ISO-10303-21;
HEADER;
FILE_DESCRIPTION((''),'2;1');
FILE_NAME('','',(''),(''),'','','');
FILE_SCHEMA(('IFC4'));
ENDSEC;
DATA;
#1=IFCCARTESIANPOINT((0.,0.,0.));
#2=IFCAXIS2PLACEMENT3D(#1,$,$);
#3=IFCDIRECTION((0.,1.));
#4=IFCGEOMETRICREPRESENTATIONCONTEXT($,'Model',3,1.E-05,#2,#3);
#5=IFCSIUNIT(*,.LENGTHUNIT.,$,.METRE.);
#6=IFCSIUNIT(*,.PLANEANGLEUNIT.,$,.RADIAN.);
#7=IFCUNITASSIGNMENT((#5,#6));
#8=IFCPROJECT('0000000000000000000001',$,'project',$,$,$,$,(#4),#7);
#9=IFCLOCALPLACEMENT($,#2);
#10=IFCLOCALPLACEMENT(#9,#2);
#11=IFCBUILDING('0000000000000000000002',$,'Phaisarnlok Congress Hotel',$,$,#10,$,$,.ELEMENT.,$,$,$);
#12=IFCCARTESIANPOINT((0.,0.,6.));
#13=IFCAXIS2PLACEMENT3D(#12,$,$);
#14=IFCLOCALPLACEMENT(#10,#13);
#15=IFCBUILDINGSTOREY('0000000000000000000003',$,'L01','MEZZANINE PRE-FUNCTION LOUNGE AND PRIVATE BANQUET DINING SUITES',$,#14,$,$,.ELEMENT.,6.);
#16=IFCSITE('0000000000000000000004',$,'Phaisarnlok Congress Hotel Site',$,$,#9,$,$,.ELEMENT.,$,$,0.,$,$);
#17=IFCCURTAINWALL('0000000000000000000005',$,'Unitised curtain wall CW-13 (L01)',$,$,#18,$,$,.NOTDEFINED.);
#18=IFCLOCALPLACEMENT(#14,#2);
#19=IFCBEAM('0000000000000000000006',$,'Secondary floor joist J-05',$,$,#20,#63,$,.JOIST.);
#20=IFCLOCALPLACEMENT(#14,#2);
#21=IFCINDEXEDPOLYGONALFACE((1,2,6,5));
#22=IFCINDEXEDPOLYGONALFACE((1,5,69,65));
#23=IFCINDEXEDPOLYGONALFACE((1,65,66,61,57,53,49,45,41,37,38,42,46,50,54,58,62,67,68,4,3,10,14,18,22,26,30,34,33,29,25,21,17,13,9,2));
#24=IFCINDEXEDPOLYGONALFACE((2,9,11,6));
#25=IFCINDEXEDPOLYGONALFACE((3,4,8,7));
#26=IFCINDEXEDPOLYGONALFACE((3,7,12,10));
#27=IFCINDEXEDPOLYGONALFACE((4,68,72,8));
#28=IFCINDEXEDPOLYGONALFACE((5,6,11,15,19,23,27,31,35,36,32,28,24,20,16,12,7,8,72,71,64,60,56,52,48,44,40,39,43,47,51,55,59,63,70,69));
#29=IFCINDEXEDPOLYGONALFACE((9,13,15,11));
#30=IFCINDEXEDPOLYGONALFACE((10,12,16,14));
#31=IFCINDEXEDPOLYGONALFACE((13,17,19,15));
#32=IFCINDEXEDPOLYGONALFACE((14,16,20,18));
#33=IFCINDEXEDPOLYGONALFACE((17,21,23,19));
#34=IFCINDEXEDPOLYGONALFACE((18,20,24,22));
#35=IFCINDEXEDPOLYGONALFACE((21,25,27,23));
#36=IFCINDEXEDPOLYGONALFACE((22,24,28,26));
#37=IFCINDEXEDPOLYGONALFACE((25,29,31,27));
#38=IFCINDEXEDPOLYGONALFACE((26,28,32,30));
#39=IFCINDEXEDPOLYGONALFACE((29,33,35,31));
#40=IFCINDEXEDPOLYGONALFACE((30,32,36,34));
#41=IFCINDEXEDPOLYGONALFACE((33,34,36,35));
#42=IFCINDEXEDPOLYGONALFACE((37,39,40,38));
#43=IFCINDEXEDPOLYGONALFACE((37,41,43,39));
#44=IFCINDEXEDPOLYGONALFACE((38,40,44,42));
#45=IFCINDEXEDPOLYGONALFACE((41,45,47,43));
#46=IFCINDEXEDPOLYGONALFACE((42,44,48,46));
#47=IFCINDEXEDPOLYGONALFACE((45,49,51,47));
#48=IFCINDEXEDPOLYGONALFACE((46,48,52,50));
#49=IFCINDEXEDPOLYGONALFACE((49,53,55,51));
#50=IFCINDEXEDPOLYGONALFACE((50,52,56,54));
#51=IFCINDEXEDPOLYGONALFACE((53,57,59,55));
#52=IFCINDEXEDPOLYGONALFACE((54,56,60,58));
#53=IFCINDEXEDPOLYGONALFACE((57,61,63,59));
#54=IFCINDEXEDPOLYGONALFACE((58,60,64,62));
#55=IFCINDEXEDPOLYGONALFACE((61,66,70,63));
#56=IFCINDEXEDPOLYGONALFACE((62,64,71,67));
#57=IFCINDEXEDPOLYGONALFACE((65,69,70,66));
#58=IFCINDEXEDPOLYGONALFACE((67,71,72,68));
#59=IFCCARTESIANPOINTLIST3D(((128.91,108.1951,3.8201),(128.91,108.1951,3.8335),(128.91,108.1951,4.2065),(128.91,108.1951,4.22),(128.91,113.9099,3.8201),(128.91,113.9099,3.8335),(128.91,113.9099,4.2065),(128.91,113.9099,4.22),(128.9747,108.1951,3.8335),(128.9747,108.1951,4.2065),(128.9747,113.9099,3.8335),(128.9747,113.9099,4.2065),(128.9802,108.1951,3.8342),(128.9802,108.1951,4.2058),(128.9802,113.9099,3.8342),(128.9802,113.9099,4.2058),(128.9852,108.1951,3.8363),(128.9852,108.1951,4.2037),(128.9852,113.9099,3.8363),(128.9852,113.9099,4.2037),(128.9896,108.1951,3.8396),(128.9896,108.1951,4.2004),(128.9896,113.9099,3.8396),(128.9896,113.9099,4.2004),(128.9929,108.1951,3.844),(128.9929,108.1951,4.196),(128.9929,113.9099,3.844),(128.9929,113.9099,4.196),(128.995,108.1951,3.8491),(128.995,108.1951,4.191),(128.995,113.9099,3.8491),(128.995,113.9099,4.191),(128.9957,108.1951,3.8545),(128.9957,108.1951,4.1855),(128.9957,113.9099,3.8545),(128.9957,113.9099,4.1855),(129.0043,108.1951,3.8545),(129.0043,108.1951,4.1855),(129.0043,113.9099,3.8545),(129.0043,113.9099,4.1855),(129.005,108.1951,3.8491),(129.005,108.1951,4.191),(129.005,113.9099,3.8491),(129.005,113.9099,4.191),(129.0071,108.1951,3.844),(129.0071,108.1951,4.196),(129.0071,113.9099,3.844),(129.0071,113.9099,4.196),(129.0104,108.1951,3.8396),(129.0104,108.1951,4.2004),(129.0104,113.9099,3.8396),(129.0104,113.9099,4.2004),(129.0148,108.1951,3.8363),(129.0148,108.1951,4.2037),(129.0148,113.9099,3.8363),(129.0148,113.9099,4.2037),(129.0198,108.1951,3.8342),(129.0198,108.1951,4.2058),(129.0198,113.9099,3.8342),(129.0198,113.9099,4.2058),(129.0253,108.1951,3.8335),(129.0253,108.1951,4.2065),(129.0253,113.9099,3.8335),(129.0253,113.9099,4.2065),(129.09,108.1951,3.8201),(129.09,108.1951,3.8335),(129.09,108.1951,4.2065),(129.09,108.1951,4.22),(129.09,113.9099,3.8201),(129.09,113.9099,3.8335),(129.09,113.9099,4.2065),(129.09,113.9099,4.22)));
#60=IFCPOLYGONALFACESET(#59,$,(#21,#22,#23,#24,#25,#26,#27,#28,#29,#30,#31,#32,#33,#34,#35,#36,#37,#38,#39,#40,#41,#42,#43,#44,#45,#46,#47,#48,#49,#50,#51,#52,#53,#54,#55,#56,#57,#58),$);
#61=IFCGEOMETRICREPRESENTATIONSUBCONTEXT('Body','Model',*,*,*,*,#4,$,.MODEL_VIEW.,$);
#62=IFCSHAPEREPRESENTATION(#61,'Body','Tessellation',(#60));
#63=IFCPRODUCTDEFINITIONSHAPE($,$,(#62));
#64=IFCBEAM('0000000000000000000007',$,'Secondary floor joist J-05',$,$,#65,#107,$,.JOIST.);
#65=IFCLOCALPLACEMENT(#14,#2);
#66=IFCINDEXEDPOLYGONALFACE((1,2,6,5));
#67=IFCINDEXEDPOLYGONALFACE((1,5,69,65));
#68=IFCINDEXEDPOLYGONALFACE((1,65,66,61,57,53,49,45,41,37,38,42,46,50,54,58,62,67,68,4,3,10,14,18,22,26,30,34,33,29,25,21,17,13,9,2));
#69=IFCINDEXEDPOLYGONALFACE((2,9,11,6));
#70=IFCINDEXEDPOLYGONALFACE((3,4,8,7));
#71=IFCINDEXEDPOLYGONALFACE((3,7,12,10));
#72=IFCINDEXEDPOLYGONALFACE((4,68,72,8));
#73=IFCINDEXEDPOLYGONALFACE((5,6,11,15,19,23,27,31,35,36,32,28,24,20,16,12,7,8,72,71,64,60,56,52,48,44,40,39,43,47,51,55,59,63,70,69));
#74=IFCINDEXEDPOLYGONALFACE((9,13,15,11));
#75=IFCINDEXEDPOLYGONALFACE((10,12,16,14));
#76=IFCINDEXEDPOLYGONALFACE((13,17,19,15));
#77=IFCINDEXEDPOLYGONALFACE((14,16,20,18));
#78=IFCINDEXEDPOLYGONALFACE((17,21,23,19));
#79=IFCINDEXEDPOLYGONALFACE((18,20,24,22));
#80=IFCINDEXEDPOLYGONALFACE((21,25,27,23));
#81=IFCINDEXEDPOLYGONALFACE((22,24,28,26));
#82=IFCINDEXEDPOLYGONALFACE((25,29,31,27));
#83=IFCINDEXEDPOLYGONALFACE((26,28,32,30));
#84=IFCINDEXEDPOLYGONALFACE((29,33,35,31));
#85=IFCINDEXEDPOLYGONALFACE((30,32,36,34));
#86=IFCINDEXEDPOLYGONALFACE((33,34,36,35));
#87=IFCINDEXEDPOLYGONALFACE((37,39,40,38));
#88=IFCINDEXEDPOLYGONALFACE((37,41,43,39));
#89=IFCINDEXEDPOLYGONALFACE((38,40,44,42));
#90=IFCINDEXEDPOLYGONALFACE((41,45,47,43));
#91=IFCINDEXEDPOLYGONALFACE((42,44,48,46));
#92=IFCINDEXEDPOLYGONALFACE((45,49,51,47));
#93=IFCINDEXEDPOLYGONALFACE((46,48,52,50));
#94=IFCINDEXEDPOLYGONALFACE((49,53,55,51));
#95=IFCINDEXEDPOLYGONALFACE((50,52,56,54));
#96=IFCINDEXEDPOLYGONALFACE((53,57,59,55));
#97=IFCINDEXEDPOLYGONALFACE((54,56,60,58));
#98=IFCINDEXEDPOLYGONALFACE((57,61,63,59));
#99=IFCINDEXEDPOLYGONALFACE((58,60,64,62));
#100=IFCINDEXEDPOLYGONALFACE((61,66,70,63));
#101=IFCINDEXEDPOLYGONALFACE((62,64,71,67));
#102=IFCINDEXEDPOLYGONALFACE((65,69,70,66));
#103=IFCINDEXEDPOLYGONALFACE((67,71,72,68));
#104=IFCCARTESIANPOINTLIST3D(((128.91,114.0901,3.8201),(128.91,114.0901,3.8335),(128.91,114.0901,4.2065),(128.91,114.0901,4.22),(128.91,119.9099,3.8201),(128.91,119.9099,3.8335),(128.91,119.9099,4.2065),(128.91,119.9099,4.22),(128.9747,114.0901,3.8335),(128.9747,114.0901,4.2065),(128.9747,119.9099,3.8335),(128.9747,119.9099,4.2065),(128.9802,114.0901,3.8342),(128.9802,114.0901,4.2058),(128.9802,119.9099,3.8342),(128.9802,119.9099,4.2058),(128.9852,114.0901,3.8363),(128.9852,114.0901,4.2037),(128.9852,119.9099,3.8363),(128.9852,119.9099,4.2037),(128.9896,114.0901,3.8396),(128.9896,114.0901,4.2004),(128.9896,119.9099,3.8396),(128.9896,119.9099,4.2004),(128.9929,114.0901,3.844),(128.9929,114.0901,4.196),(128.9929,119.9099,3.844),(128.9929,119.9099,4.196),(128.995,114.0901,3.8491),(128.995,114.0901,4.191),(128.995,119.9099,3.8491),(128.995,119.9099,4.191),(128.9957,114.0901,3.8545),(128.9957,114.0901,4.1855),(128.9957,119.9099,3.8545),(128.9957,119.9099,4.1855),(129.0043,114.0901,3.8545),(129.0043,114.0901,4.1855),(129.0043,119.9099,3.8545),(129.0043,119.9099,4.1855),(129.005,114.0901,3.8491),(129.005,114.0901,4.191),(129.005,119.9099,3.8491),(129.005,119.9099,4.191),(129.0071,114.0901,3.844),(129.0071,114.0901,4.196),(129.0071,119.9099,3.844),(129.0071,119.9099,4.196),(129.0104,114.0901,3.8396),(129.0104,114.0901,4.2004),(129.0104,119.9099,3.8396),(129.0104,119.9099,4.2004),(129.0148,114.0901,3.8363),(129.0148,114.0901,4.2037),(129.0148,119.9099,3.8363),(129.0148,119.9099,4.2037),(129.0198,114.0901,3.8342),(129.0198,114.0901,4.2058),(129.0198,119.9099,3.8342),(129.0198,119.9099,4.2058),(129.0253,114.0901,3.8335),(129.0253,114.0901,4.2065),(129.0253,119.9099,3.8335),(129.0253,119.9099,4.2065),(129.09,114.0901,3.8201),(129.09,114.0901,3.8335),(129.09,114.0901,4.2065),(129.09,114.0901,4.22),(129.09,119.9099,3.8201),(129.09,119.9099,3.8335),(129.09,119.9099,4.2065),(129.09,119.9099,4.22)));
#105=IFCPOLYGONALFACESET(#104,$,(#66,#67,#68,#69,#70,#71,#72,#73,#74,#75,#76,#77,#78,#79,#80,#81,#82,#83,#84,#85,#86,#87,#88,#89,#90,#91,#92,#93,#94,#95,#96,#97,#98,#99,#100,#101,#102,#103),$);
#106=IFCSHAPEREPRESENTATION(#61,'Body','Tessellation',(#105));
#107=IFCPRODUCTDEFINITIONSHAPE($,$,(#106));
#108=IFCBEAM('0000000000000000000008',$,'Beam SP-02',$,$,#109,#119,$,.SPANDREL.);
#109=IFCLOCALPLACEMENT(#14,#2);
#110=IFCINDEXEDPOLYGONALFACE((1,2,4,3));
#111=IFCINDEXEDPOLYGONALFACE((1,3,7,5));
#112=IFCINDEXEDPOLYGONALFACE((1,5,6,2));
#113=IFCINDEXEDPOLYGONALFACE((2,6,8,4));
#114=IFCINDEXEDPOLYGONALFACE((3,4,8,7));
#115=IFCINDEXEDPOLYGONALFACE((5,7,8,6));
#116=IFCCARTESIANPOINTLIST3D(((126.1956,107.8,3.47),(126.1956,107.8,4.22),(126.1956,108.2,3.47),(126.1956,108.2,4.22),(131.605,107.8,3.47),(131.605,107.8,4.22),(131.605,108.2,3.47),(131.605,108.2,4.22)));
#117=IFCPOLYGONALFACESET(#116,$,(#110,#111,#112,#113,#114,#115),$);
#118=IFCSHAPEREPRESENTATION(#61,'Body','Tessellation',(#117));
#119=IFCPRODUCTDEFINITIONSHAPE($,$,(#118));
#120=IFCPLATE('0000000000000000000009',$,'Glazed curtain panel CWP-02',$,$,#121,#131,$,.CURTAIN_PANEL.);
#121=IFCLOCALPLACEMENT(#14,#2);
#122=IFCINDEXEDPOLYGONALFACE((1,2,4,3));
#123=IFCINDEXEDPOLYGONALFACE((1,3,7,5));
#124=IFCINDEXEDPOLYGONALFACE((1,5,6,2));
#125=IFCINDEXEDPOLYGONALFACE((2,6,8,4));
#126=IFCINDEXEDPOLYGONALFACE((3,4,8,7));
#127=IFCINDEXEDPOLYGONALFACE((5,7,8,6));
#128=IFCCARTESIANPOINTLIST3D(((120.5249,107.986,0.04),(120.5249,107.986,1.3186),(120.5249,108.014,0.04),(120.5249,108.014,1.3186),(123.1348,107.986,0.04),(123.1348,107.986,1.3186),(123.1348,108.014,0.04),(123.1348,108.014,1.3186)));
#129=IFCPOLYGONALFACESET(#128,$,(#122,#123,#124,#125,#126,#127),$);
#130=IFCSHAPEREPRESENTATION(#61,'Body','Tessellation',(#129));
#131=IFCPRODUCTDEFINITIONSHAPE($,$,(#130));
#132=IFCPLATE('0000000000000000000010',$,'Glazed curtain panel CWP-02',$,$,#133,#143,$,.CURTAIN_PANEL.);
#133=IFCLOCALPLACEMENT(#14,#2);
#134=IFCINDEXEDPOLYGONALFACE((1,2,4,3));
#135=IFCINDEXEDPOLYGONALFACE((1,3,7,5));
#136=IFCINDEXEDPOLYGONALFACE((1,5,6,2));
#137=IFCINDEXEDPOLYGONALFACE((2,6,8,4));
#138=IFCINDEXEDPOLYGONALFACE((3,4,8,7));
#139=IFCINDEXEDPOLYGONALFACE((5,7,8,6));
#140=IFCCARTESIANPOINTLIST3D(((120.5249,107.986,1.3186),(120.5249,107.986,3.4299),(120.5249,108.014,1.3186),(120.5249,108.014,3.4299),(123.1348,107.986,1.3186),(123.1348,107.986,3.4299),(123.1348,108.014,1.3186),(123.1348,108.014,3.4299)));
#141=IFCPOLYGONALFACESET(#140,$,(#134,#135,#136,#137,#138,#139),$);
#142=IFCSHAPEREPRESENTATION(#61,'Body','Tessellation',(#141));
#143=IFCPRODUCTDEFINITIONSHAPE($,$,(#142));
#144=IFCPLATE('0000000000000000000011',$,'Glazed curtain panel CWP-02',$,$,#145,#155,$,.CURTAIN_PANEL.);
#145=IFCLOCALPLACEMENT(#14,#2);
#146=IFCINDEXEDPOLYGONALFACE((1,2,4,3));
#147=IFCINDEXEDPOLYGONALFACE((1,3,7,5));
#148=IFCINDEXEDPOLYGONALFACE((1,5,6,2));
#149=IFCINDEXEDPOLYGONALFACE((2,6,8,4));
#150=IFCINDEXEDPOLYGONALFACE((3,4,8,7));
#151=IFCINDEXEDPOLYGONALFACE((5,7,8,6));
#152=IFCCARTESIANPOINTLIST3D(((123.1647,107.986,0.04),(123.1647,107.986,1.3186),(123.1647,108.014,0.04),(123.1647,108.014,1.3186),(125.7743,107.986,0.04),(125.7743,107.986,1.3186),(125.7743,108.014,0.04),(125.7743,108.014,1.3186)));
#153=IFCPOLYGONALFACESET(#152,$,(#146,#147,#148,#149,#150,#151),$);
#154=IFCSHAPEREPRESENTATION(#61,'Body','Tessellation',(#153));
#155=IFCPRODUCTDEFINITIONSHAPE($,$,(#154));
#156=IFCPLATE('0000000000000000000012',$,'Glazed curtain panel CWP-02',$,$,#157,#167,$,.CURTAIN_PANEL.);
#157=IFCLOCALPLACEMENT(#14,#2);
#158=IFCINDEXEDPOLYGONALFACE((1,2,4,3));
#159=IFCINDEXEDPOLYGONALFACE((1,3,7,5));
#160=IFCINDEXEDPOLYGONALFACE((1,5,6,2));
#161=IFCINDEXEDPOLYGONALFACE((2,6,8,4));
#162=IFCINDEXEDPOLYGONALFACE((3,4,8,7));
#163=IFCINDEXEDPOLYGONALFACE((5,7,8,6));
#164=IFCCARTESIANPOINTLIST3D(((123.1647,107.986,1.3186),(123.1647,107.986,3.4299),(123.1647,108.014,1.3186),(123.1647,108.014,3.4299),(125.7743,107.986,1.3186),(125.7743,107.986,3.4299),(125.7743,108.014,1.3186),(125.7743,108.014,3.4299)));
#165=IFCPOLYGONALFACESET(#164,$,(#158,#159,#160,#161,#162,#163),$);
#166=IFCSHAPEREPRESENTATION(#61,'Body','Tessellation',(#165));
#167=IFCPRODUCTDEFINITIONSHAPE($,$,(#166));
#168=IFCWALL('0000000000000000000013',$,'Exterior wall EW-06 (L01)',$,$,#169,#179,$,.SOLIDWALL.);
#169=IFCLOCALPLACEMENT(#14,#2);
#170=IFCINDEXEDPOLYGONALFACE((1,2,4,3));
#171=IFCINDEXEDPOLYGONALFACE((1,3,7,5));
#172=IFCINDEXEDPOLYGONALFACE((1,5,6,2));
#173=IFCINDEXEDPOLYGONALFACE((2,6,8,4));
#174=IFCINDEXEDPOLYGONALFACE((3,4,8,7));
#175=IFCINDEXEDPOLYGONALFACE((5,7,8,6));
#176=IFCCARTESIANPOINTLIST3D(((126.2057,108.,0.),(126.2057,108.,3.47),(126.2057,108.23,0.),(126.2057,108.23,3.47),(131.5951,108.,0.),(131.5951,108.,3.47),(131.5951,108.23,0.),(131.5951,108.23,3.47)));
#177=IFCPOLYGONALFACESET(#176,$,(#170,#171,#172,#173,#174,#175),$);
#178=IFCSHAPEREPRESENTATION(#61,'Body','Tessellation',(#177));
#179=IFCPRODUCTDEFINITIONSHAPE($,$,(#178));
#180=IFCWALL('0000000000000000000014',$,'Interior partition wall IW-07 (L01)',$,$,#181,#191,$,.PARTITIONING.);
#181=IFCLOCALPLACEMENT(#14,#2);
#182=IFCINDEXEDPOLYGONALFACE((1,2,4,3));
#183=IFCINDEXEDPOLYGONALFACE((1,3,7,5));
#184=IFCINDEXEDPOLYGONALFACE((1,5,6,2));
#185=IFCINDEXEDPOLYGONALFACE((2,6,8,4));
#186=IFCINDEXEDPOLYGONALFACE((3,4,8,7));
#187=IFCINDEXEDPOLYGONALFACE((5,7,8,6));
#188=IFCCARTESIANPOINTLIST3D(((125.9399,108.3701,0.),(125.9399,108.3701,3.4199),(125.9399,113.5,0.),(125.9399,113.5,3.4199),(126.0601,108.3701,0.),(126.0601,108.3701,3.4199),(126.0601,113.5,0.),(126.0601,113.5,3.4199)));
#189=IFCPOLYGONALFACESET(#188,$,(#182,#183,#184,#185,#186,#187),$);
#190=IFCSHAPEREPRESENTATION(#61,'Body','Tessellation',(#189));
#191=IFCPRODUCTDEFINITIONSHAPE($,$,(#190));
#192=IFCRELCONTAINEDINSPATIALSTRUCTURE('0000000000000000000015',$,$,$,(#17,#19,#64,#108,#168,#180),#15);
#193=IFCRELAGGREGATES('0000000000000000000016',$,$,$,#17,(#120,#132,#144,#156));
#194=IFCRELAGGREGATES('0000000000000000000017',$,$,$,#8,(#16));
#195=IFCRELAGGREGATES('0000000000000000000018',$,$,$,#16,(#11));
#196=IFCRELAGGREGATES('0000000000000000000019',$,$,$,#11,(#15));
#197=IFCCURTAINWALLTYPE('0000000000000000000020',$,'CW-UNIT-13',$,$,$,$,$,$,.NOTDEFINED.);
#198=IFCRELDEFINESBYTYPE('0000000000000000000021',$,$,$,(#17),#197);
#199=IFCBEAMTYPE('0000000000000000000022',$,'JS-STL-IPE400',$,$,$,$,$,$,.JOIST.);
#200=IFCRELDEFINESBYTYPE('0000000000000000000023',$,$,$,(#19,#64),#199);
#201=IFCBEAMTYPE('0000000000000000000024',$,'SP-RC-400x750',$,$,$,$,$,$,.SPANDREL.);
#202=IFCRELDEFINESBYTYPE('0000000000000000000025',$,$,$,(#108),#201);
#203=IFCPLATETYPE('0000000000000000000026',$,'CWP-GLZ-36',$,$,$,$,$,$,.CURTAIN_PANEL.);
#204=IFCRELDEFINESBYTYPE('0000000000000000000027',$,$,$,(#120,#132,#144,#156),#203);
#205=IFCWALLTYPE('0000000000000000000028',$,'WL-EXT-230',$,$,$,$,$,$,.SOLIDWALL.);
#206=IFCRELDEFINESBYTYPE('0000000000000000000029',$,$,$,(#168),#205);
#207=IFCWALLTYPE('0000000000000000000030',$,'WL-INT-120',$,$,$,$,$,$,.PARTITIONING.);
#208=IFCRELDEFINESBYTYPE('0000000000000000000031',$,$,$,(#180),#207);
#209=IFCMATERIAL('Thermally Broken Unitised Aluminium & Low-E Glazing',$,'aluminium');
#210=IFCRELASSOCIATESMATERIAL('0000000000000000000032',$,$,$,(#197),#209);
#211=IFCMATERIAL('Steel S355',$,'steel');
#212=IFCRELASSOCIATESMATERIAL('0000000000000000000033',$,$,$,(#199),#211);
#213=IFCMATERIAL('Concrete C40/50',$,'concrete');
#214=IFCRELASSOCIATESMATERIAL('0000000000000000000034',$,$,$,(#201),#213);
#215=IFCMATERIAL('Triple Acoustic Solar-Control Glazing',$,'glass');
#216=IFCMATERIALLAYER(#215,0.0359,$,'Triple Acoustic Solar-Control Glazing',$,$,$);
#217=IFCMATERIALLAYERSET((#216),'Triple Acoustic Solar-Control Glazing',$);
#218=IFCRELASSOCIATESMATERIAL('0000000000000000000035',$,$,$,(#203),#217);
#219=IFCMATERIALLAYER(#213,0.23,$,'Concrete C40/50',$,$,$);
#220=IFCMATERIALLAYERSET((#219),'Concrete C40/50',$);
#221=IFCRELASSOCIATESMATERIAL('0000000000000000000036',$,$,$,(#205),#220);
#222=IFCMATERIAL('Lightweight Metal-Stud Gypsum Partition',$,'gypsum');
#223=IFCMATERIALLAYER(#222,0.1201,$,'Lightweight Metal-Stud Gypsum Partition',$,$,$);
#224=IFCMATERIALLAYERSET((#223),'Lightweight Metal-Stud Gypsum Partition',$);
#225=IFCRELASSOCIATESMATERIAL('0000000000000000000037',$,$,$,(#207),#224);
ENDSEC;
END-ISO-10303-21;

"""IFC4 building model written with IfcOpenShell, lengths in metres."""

from ifc_helpers import new_model, si_unit, direction, frame, frame_2d, origin, origin_2d, place, context, subcontext, project, spatial, rectangle, i_section, extrude, material, layer, layer_set, material_profile, profile_set, type_object, element, aggregate, save


model = new_model("IFC4")

# Units and contexts
model_context = context("Model", 3, precision=1e-05, world=origin(), true_north=direction((0.0, 1.0)))
body_context = subcontext(model_context, "Body", "Model", "MODEL_VIEW")
ifc_project = project(units=[si_unit("LENGTHUNIT", "METRE"), si_unit("PLANEANGLEUNIT", "RADIAN")], contexts=[model_context])

# Site, building, storey
site_placement = place(None, origin())
site = spatial("IfcSite", under=ifc_project, at=site_placement, Name="Phaisarnlok Congress Hotel Site", CompositionType="ELEMENT", RefElevation=0.0)
building_placement = place(site_placement, origin())
building = spatial("IfcBuilding", under=site, at=building_placement, Name="Phaisarnlok Congress Hotel", CompositionType="ELEMENT")
storey_placement = place(building_placement, frame((0.0, 0.0, 6.0)))
storey = spatial("IfcBuildingStorey", under=building, at=storey_placement, Name="L01", Description="MEZZANINE PRE-FUNCTION LOUNGE AND PRIVATE BANQUET DINING SUITES", CompositionType="ELEMENT", Elevation=6.0)

# Shared definitions
ifc_material_1 = material(Name="Steel S355", Category="steel")

# Shared definitions
ifc_material_2 = material(Name="Concrete C40/50", Category="concrete")

# Curtain wall
ifc_material_3 = material(Name="Thermally Broken Unitised Aluminium & Low-E Glazing", Category="aluminium")
curtain_wall_type = type_object("IfcCurtainWallType", Name="CW-UNIT-13", PredefinedType="NOTDEFINED", material=ifc_material_3)
curtain_wall_placement = place(storey_placement, origin())
curtain_wall = element("IfcCurtainWall", 1, at=curtain_wall_placement, inside=storey, type_object=curtain_wall_type, Name="Unitised curtain wall CW-13 (L01)", PredefinedType="NOTDEFINED")

# Beams
ifc_material_profile_1 = material_profile(ifc_material_1, i_section(OverallWidth=0.1799, OverallDepth=0.3999, WebThickness=0.0085, FlangeThickness=0.0134, FilletRadius=0.021, at=origin_2d()), Name="IPE 400")
ifc_profile_set_1 = profile_set([ifc_material_profile_1], Name="Steel S355")
beam_type_1 = type_object("IfcBeamType", Name="JS-STL-IPE400", PredefinedType="JOIST", material=ifc_profile_set_1)
beam_1_placement = place(storey_placement, frame((129.0, 108.1951, 4.02), z_axis=(0.0, 1.0, 0.0), x_axis=(-1.0, 0.0, 0.0)))
element("IfcBeam", 2, at=beam_1_placement, inside=storey, type_object=beam_type_1, Name="Secondary floor joist J-05", PredefinedType="JOIST", context=body_context, shape_type="SweptSolid", body=[
    extrude(i_section(OverallWidth=0.1799, OverallDepth=0.3999, WebThickness=0.0085, FlangeThickness=0.0134, FilletRadius=0.021, at=origin_2d()), origin(), (0.0, 0.0, 1.0), 5.7148),
])
beam_2_placement = place(storey_placement, frame((129.0, 114.0901, 4.02), z_axis=(0.0, 1.0, 0.0), x_axis=(-1.0, 0.0, 0.0)))
element("IfcBeam", 3, at=beam_2_placement, inside=storey, type_object=beam_type_1, Name="Secondary floor joist J-05", PredefinedType="JOIST", context=body_context, shape_type="SweptSolid", body=[
    extrude(i_section(OverallWidth=0.1799, OverallDepth=0.3999, WebThickness=0.0085, FlangeThickness=0.0134, FilletRadius=0.021, at=origin_2d()), origin(), (0.0, 0.0, 1.0), 5.8198),
])
ifc_material_profile_2 = material_profile(ifc_material_2, rectangle(XDim=0.3999, YDim=0.75, at=origin_2d()), Name="RC 400x750")
ifc_profile_set_2 = profile_set([ifc_material_profile_2], Name="Concrete C40/50")
beam_type_2 = type_object("IfcBeamType", Name="SP-RC-400x750", PredefinedType="SPANDREL", material=ifc_profile_set_2)
beam_3_placement = place(storey_placement, frame((126.1956, 108.0, 3.845), z_axis=(1.0, 0.0, 0.0), x_axis=(0.0, 1.0, 0.0)))
element("IfcBeam", 4, at=beam_3_placement, inside=storey, type_object=beam_type_2, Name="Beam SP-02", PredefinedType="SPANDREL", context=body_context, shape_type="SweptSolid", body=[
    extrude(rectangle(XDim=0.3999, YDim=0.75, at=origin_2d()), origin(), (0.0, 0.0, 1.0), 5.4094),
])

# Plates
ifc_material_4 = material(Name="Triple Acoustic Solar-Control Glazing", Category="glass")
ifc_layer_1 = layer(ifc_material_4, 0.0359, Name="Triple Acoustic Solar-Control Glazing")
ifc_layer_set_1 = layer_set([ifc_layer_1], Name="Triple Acoustic Solar-Control Glazing")
plate_type = type_object("IfcPlateType", Name="CWP-GLZ-36", PredefinedType="CURTAIN_PANEL", material=ifc_layer_set_1)
plate_1_placement = place(storey_placement, frame((120.5249, 108.0, 0.04), z_axis=(0.0, 0.0, 1.0), x_axis=(1.0, 0.0, 0.0)))
plate_1 = element("IfcPlate", 5, at=plate_1_placement, type_object=plate_type, Name="Glazed curtain panel CWP-02", PredefinedType="CURTAIN_PANEL", context=body_context, shape_type="SweptSolid", body=[
    extrude(rectangle(XDim=2.6099, YDim=0.0281, at=frame_2d((1.3049, 0.0))), origin(), (0.0, 0.0, 1.0), 1.2786),
])
plate_2_placement = place(storey_placement, frame((120.5249, 108.0, 1.3186), z_axis=(0.0, 0.0, 1.0), x_axis=(1.0, 0.0, 0.0)))
plate_2 = element("IfcPlate", 6, at=plate_2_placement, type_object=plate_type, Name="Glazed curtain panel CWP-02", PredefinedType="CURTAIN_PANEL", context=body_context, shape_type="SweptSolid", body=[
    extrude(rectangle(XDim=2.6099, YDim=0.0281, at=frame_2d((1.3049, 0.0))), origin(), (0.0, 0.0, 1.0), 2.1113),
])
plate_3_placement = place(storey_placement, frame((123.1648, 108.0, 0.04), z_axis=(0.0, 0.0, 1.0), x_axis=(1.0, 0.0, 0.0)))
plate_3 = element("IfcPlate", 7, at=plate_3_placement, type_object=plate_type, Name="Glazed curtain panel CWP-02", PredefinedType="CURTAIN_PANEL", context=body_context, shape_type="SweptSolid", body=[
    extrude(rectangle(XDim=2.6096, YDim=0.0281, at=frame_2d((1.3047, 0.0))), origin(), (0.0, 0.0, 1.0), 1.2786),
])
plate_4_placement = place(storey_placement, frame((123.1648, 108.0, 1.3186), z_axis=(0.0, 0.0, 1.0), x_axis=(1.0, 0.0, 0.0)))
plate_4 = element("IfcPlate", 8, at=plate_4_placement, type_object=plate_type, Name="Glazed curtain panel CWP-02", PredefinedType="CURTAIN_PANEL", context=body_context, shape_type="SweptSolid", body=[
    extrude(rectangle(XDim=2.6096, YDim=0.0281, at=frame_2d((1.3047, 0.0))), origin(), (0.0, 0.0, 1.0), 2.1113),
])
aggregate(curtain_wall, [plate_1, plate_2, plate_3, plate_4])

# Walls
ifc_layer_2 = layer(ifc_material_2, 0.23, Name="Concrete C40/50")
ifc_layer_set_2 = layer_set([ifc_layer_2], Name="Concrete C40/50")
wall_type_1 = type_object("IfcWallType", Name="WL-EXT-230", PredefinedType="SOLIDWALL", material=ifc_layer_set_2)
wall_1_placement = place(storey_placement, frame((126.2056, 108.115, 0.0), z_axis=(0.0, 0.0, 1.0), x_axis=(1.0, 0.0, 0.0)))
element("IfcWall", 9, at=wall_1_placement, inside=storey, type_object=wall_type_1, Name="Exterior wall EW-06 (L01)", PredefinedType="SOLIDWALL", context=body_context, shape_type="SweptSolid", body=[
    extrude(rectangle(XDim=5.3894, YDim=0.23, at=frame_2d((2.6948, 0.0))), origin(), (0.0, 0.0, 1.0), 3.47),
])
ifc_material_5 = material(Name="Lightweight Metal-Stud Gypsum Partition", Category="gypsum")
ifc_layer_3 = layer(ifc_material_5, 0.1201, Name="Lightweight Metal-Stud Gypsum Partition")
ifc_layer_set_3 = layer_set([ifc_layer_3], Name="Lightweight Metal-Stud Gypsum Partition")
wall_type_2 = type_object("IfcWallType", Name="WL-INT-120", PredefinedType="PARTITIONING", material=ifc_layer_set_3)
wall_2_placement = place(storey_placement, frame((126.0, 108.3701, 0.0), z_axis=(0.0, 0.0, 1.0), x_axis=(0.0, 1.0, 0.0)))
element("IfcWall", 10, at=wall_2_placement, inside=storey, type_object=wall_type_2, Name="Interior partition wall IW-07 (L01)", PredefinedType="PARTITIONING", context=body_context, shape_type="SweptSolid", body=[
    extrude(rectangle(XDim=5.1299, YDim=0.1201, at=frame_2d((2.5649, 0.0))), origin(), (0.0, 0.0, 1.0), 3.4199),
])

save(model, "model.ifc")
